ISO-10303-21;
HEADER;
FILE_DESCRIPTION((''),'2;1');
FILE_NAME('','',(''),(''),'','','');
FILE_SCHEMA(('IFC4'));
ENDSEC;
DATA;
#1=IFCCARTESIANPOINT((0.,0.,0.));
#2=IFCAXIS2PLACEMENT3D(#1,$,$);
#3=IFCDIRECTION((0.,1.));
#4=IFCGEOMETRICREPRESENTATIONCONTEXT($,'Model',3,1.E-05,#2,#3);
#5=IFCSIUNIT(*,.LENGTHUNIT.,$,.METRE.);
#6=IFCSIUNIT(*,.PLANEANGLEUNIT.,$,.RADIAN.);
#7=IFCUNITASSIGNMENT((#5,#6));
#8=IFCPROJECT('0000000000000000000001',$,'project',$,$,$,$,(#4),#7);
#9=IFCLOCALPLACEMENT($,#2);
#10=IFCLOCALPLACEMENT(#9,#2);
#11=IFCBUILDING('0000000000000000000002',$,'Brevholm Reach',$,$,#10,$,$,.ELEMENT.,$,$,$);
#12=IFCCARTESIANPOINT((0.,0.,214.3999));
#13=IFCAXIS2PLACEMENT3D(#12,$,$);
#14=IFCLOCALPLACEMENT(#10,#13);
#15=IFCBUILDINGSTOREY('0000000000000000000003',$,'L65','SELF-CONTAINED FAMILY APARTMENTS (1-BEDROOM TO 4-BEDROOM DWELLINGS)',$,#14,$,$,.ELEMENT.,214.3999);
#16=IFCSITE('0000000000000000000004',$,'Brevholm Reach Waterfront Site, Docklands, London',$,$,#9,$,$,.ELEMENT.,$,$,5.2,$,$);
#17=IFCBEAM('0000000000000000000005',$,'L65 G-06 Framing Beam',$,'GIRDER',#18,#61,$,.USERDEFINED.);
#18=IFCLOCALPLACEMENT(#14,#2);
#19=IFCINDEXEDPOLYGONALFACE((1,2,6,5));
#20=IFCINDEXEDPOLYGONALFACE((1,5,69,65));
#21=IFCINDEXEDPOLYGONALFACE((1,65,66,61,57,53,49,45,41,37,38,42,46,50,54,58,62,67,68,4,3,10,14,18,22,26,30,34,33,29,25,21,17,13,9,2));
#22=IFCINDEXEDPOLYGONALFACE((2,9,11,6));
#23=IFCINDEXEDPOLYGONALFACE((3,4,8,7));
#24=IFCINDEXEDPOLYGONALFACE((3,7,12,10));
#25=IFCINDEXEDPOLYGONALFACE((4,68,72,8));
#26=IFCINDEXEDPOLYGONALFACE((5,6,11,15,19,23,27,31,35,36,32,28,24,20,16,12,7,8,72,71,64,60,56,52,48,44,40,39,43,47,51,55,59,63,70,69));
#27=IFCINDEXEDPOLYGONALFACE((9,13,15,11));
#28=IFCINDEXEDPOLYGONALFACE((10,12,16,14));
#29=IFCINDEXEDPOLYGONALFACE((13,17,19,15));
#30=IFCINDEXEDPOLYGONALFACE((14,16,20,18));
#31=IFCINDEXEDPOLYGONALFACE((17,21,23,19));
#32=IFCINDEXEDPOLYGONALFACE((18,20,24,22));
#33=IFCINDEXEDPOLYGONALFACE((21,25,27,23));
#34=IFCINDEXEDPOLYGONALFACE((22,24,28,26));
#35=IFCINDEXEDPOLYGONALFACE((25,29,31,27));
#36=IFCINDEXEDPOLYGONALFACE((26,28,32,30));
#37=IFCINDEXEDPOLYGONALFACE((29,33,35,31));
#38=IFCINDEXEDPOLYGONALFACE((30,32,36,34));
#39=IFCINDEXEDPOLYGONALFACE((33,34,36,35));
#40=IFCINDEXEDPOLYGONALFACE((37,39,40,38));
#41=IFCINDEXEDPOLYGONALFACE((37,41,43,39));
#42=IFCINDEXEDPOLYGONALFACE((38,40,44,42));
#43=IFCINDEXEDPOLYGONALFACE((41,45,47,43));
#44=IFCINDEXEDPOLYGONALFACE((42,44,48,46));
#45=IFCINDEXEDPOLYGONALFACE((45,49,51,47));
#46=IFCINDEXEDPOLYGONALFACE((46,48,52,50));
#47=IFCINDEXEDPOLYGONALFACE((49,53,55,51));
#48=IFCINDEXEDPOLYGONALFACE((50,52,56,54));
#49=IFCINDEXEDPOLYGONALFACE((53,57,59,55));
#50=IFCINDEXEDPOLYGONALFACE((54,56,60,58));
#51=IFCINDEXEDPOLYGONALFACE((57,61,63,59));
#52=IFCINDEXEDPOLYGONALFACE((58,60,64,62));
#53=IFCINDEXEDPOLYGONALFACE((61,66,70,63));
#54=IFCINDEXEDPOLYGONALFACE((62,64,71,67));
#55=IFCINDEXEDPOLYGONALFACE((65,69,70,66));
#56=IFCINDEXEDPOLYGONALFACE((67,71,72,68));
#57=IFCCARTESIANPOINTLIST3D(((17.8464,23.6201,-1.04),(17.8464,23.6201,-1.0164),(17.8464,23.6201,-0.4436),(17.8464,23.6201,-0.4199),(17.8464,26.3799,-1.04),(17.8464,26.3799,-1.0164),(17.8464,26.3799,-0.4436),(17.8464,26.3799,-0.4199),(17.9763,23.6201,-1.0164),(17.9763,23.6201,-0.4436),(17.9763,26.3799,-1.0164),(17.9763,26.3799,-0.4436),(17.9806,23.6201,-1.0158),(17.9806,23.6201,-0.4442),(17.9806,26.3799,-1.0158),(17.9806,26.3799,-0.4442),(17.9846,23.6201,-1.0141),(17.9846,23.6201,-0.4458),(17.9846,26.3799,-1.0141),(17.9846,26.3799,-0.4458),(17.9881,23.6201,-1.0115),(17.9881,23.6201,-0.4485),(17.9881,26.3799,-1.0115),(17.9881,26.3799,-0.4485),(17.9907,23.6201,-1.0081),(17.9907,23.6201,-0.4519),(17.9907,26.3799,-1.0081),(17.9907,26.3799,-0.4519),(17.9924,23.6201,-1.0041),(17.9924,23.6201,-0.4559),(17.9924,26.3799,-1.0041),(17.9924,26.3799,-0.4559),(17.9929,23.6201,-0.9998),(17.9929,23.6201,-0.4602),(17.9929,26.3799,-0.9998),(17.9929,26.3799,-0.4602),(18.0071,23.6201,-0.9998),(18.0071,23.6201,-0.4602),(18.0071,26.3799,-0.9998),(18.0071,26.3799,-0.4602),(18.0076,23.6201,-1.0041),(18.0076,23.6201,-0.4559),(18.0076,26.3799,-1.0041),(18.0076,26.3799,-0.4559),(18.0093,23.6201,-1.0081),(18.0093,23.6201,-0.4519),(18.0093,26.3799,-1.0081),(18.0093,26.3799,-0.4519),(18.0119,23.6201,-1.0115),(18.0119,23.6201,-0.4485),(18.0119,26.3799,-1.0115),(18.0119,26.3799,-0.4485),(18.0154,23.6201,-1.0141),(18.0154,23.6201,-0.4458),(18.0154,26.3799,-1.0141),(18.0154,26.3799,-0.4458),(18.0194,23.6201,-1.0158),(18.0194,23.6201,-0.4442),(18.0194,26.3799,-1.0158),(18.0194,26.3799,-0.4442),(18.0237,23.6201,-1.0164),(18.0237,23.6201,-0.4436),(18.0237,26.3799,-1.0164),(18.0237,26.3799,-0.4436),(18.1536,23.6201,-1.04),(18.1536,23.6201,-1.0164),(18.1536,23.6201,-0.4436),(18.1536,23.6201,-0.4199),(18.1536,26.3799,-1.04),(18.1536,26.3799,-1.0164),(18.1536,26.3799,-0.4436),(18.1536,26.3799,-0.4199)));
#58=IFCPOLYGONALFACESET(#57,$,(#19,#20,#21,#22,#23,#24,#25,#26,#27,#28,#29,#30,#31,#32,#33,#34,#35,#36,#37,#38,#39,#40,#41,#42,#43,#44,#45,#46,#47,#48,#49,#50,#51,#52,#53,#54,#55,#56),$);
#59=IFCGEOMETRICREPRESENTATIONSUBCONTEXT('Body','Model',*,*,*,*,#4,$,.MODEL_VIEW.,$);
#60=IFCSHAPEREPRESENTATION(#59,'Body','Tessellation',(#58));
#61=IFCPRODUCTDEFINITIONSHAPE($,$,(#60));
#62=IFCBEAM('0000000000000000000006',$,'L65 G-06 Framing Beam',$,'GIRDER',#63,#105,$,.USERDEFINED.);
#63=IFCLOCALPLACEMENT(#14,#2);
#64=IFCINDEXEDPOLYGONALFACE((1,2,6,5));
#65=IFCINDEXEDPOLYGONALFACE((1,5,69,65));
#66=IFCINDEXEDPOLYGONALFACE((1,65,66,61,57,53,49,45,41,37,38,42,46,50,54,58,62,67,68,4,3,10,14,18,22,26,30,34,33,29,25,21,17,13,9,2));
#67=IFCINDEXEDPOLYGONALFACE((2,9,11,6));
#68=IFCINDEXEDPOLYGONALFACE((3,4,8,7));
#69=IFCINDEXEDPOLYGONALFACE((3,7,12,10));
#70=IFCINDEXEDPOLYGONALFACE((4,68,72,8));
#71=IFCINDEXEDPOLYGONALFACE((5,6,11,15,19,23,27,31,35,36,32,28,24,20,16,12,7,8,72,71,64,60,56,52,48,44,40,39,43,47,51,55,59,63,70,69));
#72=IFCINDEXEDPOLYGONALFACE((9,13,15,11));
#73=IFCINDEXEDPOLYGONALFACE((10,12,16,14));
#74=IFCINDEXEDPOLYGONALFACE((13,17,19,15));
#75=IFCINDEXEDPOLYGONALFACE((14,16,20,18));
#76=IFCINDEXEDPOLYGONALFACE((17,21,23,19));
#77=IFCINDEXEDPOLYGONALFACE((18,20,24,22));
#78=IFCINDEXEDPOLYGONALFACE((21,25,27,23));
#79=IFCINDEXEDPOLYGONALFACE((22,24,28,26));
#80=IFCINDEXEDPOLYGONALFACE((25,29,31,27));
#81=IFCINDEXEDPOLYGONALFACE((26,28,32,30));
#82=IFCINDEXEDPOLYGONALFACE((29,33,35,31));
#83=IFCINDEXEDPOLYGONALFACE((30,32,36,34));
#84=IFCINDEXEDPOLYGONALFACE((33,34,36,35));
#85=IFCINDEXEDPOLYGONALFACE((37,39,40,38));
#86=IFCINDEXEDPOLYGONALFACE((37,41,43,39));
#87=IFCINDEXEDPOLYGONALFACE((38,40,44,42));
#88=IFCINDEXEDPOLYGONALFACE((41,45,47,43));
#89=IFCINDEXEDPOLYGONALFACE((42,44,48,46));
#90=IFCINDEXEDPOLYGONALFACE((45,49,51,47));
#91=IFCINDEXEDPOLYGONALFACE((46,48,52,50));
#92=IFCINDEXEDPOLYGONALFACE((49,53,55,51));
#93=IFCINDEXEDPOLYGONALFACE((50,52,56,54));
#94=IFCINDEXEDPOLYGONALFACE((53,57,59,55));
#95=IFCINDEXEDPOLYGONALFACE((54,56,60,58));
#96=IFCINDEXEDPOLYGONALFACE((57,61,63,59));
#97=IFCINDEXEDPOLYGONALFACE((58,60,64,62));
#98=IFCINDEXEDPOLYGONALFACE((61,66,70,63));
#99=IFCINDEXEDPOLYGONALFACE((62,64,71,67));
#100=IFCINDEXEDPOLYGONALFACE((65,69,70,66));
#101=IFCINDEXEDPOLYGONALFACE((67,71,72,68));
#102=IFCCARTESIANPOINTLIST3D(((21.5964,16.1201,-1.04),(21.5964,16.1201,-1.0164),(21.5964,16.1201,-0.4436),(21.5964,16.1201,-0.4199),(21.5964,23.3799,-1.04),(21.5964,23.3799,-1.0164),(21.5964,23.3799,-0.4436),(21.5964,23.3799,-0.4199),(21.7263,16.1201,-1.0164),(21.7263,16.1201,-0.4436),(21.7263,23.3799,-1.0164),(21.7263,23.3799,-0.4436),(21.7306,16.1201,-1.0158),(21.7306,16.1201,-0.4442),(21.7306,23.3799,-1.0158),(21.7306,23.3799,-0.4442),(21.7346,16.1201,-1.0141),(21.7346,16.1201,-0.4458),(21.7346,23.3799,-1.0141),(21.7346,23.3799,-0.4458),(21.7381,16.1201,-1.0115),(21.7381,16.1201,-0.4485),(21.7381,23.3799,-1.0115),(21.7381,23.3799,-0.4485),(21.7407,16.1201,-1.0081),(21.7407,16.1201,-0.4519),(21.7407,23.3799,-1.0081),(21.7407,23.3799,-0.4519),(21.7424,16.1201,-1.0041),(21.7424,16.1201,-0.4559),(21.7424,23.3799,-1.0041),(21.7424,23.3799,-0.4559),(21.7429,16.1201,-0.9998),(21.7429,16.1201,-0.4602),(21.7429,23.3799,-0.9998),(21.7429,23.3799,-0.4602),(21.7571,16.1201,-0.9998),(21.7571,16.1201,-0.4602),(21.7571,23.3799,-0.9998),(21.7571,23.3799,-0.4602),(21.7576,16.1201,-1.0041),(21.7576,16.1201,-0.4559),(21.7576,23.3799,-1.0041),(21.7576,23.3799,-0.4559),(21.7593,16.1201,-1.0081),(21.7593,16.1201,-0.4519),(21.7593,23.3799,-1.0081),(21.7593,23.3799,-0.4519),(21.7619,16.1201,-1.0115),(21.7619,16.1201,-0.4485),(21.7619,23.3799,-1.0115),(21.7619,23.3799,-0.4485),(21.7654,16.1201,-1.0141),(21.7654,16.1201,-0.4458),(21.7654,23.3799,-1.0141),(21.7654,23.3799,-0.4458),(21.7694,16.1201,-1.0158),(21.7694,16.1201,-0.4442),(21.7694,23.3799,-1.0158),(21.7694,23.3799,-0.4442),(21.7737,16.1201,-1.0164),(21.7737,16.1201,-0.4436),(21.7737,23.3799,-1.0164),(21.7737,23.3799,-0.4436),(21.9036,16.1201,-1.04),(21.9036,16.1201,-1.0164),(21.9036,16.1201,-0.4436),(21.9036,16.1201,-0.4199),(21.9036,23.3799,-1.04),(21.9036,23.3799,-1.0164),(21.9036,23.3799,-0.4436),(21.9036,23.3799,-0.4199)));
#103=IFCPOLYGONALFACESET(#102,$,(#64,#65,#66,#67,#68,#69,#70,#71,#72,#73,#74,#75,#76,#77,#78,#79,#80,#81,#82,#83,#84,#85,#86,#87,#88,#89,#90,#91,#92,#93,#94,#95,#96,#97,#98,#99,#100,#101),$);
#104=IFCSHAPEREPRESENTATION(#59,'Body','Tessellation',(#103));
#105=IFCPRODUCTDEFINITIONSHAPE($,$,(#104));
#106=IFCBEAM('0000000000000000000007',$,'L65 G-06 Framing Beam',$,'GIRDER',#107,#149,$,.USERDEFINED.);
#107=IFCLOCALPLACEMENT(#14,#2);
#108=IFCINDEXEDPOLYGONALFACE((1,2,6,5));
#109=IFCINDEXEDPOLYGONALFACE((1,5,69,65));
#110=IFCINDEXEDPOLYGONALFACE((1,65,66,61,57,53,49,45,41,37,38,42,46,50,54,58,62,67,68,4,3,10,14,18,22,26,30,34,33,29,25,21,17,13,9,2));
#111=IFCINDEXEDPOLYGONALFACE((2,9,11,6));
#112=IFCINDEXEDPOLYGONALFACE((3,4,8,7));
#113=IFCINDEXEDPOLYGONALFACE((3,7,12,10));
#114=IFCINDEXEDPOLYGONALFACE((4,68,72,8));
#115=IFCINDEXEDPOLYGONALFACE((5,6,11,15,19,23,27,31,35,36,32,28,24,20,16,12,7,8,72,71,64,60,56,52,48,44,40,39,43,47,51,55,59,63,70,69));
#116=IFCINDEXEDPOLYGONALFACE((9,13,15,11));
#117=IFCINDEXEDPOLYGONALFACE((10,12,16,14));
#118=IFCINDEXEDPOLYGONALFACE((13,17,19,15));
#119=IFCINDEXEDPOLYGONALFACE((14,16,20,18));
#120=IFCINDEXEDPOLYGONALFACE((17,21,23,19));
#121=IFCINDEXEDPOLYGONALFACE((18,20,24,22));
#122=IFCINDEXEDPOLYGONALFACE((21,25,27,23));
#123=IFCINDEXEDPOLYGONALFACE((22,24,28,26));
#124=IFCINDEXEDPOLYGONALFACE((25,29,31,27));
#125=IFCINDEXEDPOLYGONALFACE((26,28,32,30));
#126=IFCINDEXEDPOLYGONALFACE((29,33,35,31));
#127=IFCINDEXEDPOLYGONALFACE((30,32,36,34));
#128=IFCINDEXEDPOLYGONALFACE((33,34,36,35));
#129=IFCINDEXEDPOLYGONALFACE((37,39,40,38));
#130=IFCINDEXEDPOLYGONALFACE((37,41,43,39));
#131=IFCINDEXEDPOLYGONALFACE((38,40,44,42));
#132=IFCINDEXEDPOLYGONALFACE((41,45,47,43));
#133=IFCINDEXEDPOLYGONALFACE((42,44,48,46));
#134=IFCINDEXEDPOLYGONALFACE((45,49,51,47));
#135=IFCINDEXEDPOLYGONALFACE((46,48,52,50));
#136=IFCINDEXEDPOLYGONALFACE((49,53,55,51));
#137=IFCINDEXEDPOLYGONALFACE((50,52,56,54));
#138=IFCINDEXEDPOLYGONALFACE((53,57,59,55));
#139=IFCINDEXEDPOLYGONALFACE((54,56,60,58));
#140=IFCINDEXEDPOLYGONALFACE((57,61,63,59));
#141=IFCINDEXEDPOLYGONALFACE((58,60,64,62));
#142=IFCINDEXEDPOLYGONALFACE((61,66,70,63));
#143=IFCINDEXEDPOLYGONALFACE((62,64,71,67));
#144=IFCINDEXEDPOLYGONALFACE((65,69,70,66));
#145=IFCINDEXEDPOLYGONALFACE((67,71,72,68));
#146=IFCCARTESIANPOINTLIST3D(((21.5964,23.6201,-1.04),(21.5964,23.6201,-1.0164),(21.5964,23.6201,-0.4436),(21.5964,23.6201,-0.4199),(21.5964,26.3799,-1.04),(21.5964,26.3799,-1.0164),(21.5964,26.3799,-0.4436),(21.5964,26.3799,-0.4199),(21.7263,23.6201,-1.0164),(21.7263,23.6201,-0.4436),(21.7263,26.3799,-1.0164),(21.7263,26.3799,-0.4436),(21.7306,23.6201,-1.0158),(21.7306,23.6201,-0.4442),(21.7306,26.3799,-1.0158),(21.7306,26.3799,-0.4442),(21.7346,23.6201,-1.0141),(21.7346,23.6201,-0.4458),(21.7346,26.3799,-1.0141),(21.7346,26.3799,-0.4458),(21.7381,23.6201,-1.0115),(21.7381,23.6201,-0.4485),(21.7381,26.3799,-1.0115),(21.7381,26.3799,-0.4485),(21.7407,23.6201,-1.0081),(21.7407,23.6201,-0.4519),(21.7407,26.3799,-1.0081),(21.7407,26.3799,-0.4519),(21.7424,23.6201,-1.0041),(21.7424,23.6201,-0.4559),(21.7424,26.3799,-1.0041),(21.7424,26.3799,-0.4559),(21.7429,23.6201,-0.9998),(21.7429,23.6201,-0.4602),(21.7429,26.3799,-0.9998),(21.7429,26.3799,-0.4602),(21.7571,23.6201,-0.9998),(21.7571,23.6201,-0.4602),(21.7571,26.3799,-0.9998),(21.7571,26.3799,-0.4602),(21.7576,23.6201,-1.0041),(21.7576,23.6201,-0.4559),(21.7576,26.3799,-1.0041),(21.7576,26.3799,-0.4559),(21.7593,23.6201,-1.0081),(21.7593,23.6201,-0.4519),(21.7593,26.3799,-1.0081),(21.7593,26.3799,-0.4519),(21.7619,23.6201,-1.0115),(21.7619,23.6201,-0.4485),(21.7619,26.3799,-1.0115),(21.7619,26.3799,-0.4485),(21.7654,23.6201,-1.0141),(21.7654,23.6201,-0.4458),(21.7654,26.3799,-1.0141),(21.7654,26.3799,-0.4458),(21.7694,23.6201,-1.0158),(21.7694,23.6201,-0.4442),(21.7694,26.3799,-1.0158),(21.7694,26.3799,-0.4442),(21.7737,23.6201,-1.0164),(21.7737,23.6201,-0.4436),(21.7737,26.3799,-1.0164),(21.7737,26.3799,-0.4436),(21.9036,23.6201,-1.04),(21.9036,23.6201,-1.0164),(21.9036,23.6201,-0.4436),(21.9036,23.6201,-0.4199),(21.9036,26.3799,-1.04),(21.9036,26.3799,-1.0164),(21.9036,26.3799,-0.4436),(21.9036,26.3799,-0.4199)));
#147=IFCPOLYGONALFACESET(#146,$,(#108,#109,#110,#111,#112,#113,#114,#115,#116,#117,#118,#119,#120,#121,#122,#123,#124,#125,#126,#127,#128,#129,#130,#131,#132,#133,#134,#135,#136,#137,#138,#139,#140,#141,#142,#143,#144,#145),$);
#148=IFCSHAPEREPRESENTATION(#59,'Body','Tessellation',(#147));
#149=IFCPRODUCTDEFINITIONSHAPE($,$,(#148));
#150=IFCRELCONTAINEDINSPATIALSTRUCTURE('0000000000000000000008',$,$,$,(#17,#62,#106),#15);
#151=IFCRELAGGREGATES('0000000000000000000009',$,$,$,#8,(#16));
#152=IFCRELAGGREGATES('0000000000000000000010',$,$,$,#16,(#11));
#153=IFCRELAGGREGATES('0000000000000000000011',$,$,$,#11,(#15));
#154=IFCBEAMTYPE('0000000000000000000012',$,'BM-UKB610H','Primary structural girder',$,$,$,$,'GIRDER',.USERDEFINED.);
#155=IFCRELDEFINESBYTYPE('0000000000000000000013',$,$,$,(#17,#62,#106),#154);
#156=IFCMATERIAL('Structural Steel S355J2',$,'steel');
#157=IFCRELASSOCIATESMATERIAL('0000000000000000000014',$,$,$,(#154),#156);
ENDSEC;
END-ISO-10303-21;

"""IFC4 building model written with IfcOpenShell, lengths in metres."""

from ifc_helpers import new_model, si_unit, direction, frame, origin, origin_2d, place, context, subcontext, project, spatial, i_section, extrude, material, material_profile, profile_set, type_object, element, save


model = new_model("IFC4")

# Units and contexts
model_context = context("Model", 3, precision=1e-05, world=origin(), true_north=direction((0.0, 1.0)))
body_context = subcontext(model_context, "Body", "Model", "MODEL_VIEW")
ifc_project = project(units=[si_unit("LENGTHUNIT", "METRE"), si_unit("PLANEANGLEUNIT", "RADIAN")], contexts=[model_context])

# Site, building, storey
site_placement = place(None, origin())
site = spatial("IfcSite", under=ifc_project, at=site_placement, Name="Brevholm Reach Waterfront Site, Docklands, London", CompositionType="ELEMENT", RefElevation=5.2)
building_placement = place(site_placement, origin())
building = spatial("IfcBuilding", under=site, at=building_placement, Name="Brevholm Reach", CompositionType="ELEMENT")
storey_placement = place(building_placement, frame((0.0, 0.0, 214.3999)))
storey = spatial("IfcBuildingStorey", under=building, at=storey_placement, Name="L65", Description="SELF-CONTAINED FAMILY APARTMENTS (1-BEDROOM TO 4-BEDROOM DWELLINGS)", CompositionType="ELEMENT", Elevation=214.3999)

# Beams
ifc_material_1 = material(Name="Structural Steel S355J2", Category="steel")
ifc_material_profile_1 = material_profile(ifc_material_1, i_section(OverallWidth=0.3071, OverallDepth=0.6201, WebThickness=0.0142, FlangeThickness=0.0237, FilletRadius=0.0166, at=origin_2d()), Name="UKB 610x305x179")
ifc_profile_set_1 = profile_set([ifc_material_profile_1], Name="Structural Steel S355J2")
beam_type_1 = type_object("IfcBeamType", Name="BM-UKB610H", Description="Primary structural girder", ElementType="GIRDER", PredefinedType="USERDEFINED", material=ifc_profile_set_1)
beam_1_placement = place(storey_placement, frame((18.0, 23.6201, -0.73), z_axis=(0.0, 1.0, 0.0), x_axis=(-1.0, 0.0, 0.0)))
element("IfcBeam", 1, at=beam_1_placement, inside=storey, type_object=beam_type_1, Name="L65 G-06 Framing Beam", ObjectType="GIRDER", PredefinedType="USERDEFINED", context=body_context, shape_type="SweptSolid", body=[
    extrude(i_section(OverallWidth=0.3071, OverallDepth=0.6201, WebThickness=0.0142, FlangeThickness=0.0237, FilletRadius=0.0166, at=origin_2d()), origin(), (0.0, 0.0, 1.0), 2.7598),
])
beam_2_placement = place(storey_placement, frame((21.75, 16.1201, -0.73), z_axis=(0.0, 1.0, 0.0), x_axis=(-1.0, 0.0, 0.0)))
element("IfcBeam", 2, at=beam_2_placement, inside=storey, type_object=beam_type_1, Name="L65 G-06 Framing Beam", ObjectType="GIRDER", PredefinedType="USERDEFINED", context=body_context, shape_type="SweptSolid", body=[
    extrude(i_section(OverallWidth=0.3071, OverallDepth=0.6201, WebThickness=0.0142, FlangeThickness=0.0237, FilletRadius=0.0166, at=origin_2d()), origin(), (0.0, 0.0, 1.0), 7.2598),
])
beam_3_placement = place(storey_placement, frame((21.75, 23.6201, -0.73), z_axis=(0.0, 1.0, 0.0), x_axis=(-1.0, 0.0, 0.0)))
element("IfcBeam", 3, at=beam_3_placement, inside=storey, type_object=beam_type_1, Name="L65 G-06 Framing Beam", ObjectType="GIRDER", PredefinedType="USERDEFINED", context=body_context, shape_type="SweptSolid", body=[
    extrude(i_section(OverallWidth=0.3071, OverallDepth=0.6201, WebThickness=0.0142, FlangeThickness=0.0237, FilletRadius=0.0166, at=origin_2d()), origin(), (0.0, 0.0, 1.0), 2.7598),
])

save(model, "model.ifc")
